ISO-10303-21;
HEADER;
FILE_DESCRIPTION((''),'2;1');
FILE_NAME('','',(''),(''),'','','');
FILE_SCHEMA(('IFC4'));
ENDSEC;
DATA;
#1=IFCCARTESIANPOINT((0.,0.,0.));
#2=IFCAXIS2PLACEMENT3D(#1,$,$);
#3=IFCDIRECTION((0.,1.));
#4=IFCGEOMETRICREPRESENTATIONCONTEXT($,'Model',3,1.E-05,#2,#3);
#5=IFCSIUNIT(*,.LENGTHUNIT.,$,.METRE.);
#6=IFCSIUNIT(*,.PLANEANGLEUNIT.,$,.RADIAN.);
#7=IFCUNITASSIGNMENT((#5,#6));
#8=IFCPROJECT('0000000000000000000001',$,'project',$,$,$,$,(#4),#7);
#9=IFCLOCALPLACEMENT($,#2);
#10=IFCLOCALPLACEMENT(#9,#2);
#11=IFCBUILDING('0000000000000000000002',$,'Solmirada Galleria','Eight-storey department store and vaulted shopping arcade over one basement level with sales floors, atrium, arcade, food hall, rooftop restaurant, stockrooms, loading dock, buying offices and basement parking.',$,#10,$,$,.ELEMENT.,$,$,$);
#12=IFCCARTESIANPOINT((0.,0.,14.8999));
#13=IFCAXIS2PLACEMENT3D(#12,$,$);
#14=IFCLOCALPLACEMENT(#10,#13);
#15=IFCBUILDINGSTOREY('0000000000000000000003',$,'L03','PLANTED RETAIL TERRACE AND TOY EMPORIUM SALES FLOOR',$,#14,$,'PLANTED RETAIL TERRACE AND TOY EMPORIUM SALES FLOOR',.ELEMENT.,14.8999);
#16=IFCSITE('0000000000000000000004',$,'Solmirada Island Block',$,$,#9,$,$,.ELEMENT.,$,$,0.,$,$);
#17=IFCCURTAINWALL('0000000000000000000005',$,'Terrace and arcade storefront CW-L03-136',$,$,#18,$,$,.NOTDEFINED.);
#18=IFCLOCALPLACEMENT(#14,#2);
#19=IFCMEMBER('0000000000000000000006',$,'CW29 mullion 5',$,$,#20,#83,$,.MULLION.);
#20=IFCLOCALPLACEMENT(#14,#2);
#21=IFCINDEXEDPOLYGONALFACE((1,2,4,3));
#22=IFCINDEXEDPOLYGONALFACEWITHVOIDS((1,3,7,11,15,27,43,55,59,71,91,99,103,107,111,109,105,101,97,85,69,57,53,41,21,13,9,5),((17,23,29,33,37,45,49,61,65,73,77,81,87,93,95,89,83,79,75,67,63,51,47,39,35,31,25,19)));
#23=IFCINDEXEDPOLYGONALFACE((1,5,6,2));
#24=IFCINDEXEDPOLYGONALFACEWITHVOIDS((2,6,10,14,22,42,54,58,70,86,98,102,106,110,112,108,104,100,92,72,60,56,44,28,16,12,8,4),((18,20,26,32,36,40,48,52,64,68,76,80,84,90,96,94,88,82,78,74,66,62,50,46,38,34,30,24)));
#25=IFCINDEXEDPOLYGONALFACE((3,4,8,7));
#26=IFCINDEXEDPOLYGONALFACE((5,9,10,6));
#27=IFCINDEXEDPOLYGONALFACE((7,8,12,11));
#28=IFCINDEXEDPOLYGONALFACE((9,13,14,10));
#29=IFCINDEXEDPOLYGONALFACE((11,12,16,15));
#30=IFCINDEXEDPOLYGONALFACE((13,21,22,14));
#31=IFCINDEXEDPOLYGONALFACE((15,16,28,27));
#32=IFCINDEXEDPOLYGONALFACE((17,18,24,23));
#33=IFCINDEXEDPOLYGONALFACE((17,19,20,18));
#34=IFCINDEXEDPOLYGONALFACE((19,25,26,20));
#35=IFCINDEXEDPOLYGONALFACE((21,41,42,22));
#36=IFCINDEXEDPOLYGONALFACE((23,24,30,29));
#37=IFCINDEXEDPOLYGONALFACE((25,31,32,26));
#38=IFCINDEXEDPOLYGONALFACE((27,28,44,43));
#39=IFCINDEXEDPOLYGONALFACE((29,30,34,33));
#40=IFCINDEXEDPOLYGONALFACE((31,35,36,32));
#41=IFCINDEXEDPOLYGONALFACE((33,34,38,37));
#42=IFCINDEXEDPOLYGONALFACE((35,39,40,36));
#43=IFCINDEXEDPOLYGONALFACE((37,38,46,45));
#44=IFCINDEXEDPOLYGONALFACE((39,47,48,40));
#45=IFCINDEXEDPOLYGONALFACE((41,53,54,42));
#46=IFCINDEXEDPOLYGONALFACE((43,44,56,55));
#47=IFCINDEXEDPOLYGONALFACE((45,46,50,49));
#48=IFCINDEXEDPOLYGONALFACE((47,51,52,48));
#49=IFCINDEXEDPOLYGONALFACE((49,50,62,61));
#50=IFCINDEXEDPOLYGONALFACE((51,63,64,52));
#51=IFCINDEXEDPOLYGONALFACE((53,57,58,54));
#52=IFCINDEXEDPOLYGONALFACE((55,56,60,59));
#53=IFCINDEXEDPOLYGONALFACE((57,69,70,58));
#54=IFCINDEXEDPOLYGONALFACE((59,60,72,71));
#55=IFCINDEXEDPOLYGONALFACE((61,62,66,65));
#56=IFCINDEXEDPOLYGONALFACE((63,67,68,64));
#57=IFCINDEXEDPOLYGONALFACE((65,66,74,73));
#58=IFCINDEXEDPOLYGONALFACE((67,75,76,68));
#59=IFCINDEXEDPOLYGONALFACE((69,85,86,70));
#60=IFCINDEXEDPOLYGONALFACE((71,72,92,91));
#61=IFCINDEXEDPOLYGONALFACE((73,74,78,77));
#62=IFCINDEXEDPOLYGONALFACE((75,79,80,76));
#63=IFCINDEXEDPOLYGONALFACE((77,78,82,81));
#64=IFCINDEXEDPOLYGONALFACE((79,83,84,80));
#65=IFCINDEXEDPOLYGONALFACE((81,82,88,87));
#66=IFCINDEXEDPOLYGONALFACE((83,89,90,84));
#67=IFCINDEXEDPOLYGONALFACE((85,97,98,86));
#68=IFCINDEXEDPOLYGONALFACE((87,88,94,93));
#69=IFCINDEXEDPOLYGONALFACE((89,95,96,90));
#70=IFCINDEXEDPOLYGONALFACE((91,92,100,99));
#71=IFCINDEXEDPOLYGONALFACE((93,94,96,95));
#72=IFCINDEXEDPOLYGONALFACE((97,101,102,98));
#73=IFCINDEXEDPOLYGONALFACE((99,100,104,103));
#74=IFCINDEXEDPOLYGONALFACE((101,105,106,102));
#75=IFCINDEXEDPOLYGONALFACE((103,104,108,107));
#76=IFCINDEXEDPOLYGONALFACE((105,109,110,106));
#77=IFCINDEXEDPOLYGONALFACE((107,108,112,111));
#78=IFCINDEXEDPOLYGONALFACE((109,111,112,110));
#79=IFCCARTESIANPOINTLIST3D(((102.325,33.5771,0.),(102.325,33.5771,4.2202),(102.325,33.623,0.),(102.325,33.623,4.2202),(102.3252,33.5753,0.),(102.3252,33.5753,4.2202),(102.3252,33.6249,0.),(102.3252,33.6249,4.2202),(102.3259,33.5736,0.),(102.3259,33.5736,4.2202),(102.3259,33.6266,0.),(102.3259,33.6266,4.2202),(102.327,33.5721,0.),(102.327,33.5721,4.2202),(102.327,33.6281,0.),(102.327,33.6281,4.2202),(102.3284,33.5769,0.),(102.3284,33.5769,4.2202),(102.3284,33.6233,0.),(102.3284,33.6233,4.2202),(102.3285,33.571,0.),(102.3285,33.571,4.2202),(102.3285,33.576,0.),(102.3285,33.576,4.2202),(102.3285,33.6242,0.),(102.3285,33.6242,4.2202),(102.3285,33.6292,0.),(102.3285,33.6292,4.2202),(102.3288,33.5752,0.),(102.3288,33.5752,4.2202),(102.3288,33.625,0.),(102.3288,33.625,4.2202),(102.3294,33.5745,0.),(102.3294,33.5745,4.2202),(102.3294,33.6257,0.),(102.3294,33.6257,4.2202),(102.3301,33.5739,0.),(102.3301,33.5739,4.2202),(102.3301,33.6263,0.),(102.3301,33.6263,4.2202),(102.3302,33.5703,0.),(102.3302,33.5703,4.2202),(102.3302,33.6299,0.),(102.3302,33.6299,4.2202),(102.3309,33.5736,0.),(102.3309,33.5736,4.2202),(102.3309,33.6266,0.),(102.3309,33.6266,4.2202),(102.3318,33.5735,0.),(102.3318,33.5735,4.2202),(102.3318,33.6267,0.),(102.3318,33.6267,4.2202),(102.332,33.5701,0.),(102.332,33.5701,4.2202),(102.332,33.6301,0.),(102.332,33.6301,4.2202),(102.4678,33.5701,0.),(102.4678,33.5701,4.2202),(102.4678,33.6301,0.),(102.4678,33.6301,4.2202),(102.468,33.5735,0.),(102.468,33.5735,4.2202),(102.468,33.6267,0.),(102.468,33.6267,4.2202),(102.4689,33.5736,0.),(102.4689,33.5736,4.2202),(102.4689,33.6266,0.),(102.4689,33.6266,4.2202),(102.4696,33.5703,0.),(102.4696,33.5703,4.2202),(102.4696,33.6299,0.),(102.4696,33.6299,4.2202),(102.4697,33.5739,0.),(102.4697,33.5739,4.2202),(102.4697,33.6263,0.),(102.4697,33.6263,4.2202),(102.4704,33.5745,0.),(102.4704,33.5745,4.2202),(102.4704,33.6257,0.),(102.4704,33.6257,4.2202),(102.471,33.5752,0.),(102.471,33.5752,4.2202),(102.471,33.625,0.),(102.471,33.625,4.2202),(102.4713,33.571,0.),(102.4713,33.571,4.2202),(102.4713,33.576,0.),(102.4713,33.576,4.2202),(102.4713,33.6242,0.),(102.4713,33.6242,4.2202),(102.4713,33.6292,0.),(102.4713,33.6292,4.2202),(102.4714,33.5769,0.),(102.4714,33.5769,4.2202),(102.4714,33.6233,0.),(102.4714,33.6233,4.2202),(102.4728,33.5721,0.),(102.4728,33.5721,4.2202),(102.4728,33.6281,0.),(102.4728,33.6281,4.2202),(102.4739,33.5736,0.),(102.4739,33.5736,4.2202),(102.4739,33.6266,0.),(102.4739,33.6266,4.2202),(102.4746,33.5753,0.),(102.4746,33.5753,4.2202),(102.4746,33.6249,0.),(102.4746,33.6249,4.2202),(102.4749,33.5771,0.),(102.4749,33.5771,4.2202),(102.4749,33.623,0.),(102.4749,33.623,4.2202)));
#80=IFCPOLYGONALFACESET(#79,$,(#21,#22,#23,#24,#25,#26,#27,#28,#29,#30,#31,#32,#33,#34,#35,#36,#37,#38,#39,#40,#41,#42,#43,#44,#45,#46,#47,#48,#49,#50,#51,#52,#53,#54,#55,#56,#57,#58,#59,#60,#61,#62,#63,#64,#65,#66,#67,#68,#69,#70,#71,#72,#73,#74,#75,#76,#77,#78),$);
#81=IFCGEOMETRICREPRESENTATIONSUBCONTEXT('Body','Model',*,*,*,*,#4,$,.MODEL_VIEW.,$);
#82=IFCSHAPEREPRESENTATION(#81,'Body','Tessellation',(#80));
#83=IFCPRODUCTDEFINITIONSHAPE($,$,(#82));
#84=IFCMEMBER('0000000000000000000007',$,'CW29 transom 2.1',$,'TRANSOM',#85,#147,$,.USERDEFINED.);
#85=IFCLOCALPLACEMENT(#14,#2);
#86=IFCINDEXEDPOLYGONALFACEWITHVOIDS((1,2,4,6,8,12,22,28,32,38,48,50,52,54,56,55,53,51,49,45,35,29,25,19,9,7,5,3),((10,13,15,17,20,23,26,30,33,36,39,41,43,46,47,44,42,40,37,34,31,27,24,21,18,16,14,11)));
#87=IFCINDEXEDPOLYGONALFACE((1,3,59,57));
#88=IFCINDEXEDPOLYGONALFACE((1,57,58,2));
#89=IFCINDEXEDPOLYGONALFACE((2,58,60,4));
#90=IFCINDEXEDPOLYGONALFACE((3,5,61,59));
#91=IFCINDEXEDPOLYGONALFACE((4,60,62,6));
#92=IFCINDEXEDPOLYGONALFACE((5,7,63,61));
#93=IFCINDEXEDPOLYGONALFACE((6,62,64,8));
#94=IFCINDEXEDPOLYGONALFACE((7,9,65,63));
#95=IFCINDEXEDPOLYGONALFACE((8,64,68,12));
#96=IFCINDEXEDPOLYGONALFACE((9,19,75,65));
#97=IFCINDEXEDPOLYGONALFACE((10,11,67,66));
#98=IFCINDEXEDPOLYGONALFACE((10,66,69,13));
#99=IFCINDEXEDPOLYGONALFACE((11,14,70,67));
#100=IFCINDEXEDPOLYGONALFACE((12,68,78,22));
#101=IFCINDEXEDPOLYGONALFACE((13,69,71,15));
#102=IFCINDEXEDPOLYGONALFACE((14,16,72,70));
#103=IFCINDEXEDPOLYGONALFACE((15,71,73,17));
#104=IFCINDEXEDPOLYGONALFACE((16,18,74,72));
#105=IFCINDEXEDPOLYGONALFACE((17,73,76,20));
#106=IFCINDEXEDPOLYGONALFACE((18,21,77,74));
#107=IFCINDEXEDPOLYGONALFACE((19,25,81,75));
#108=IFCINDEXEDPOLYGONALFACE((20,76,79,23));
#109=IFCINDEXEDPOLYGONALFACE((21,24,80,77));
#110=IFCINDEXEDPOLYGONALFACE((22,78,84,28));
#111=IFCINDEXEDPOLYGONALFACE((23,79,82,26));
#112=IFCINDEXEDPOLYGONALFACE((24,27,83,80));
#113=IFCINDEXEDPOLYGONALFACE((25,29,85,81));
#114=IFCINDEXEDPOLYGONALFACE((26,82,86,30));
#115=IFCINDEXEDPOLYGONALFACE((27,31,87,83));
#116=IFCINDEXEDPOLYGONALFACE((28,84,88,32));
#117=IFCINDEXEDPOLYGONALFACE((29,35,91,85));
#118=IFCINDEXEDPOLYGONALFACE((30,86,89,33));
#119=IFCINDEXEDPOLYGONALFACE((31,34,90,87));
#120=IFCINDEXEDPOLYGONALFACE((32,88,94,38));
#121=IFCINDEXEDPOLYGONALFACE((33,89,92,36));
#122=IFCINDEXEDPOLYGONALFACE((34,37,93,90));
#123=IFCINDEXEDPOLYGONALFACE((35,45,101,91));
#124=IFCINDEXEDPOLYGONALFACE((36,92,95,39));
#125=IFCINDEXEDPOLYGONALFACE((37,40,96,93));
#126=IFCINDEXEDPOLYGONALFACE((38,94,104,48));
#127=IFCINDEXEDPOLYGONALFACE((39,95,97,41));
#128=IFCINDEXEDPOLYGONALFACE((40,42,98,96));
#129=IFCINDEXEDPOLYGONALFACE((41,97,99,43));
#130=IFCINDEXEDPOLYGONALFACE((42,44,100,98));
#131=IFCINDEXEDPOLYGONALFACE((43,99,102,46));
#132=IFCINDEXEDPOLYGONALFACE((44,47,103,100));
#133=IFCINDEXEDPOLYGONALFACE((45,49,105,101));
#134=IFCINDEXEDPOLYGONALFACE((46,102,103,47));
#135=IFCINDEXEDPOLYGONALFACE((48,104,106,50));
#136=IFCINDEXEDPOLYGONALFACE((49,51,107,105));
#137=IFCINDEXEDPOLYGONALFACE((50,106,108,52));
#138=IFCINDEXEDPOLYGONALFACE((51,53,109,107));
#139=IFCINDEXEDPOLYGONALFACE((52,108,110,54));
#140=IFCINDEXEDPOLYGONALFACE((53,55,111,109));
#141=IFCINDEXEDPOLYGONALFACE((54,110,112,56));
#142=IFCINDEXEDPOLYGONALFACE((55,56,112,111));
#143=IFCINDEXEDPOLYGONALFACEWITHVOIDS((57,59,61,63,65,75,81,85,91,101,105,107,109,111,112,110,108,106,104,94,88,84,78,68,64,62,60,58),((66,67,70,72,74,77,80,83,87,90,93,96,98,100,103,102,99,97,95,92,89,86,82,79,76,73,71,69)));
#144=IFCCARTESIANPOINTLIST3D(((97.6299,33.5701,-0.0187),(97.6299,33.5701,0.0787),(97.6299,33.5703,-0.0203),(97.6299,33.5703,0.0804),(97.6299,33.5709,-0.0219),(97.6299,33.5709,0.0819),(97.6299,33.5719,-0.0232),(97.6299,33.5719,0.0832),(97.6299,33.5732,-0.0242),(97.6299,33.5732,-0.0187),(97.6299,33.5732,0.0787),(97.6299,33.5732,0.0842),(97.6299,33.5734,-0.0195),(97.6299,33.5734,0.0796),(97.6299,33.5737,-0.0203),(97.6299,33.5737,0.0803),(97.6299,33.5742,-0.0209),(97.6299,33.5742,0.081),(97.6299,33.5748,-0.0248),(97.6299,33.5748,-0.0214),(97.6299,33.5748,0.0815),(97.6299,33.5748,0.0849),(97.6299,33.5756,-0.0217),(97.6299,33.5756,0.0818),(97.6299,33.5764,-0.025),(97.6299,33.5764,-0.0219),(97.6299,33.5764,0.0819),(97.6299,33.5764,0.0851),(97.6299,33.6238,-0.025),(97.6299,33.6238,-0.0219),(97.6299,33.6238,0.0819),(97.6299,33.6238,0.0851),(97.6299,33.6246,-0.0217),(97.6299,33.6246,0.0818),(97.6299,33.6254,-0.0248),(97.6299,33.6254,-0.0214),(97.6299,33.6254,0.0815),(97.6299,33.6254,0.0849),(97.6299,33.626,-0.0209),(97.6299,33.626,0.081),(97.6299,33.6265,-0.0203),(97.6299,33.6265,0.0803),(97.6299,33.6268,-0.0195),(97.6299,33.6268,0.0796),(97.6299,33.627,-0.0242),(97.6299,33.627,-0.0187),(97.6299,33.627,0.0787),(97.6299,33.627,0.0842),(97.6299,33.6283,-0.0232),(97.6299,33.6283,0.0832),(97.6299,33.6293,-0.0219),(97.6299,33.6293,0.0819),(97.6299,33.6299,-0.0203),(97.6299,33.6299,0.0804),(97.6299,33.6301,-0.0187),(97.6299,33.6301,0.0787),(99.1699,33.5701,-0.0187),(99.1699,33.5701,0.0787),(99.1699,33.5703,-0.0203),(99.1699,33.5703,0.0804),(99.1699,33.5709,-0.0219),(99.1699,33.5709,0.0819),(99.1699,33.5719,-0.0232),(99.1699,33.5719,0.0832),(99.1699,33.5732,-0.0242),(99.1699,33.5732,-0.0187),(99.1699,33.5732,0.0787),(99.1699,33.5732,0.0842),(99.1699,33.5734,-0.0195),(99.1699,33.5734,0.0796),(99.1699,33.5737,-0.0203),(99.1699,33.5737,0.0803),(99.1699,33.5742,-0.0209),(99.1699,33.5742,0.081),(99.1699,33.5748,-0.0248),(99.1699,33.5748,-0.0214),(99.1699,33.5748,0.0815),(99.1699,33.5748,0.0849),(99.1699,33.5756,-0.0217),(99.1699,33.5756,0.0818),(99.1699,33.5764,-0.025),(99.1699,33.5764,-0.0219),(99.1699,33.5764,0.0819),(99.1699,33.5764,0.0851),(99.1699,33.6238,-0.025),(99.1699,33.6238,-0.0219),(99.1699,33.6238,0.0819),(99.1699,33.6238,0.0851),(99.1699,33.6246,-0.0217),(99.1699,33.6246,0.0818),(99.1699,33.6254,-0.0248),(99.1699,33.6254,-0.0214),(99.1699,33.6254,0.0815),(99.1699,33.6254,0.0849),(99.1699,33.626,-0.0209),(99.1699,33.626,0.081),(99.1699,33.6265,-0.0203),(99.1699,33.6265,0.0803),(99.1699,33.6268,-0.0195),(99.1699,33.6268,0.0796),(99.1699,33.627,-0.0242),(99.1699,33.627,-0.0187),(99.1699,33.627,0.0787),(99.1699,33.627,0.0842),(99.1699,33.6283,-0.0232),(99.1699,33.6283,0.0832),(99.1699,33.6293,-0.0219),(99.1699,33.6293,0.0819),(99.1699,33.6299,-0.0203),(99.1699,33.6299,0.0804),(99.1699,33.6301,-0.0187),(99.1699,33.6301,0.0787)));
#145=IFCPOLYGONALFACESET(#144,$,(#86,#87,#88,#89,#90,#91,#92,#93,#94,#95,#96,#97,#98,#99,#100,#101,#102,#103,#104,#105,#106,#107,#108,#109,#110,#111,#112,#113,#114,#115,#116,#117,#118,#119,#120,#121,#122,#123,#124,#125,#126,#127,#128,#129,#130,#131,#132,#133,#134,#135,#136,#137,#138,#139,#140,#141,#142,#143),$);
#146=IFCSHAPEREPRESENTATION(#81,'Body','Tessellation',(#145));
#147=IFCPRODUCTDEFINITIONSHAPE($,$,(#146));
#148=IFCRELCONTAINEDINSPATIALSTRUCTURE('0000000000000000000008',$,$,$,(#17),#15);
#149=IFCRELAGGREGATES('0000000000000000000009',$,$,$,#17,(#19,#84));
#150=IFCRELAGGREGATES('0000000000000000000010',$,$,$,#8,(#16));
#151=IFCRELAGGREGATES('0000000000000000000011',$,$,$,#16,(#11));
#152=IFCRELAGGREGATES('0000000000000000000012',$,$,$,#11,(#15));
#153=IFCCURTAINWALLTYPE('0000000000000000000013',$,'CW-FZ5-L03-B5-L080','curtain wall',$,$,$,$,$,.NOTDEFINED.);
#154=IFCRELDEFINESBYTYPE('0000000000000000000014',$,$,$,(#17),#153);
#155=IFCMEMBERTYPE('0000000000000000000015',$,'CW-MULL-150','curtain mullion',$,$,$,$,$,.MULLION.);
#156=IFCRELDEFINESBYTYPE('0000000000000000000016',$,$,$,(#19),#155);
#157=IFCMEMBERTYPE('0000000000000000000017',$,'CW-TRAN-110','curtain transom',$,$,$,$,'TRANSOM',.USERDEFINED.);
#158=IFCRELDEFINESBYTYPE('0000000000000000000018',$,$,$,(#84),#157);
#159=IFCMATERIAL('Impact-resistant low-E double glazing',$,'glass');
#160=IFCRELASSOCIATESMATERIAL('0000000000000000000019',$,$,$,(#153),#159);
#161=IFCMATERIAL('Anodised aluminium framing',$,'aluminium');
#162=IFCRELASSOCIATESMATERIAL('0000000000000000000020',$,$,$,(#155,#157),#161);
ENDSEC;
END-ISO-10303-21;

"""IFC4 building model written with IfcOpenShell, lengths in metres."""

from ifc_helpers import new_model, si_unit, direction, frame, origin, origin_2d, place, context, subcontext, project, spatial, hollow_rectangle, extrude, material, material_profile, profile_set, type_object, element, aggregate, save


model = new_model("IFC4")

# Units and contexts
model_context = context("Model", 3, precision=1e-05, world=origin(), true_north=direction((0.0, 1.0)))
body_context = subcontext(model_context, "Body", "Model", "MODEL_VIEW")
ifc_project = project(units=[si_unit("LENGTHUNIT", "METRE"), si_unit("PLANEANGLEUNIT", "RADIAN")], contexts=[model_context])

# Site, building, storey
site_placement = place(None, origin())
site = spatial("IfcSite", under=ifc_project, at=site_placement, Name="Solmirada Island Block", CompositionType="ELEMENT", RefElevation=0.0)
building_placement = place(site_placement, origin())
building = spatial("IfcBuilding", under=site, at=building_placement, Name="Solmirada Galleria", Description="Eight-storey department store and vaulted shopping arcade over one basement level with sales floors, atrium, arcade, food hall, rooftop restaurant, stockrooms, loading dock, buying offices and basement parking.", CompositionType="ELEMENT")
storey_placement = place(building_placement, frame((0.0, 0.0, 14.8999)))
storey = spatial("IfcBuildingStorey", under=building, at=storey_placement, Name="L03", Description="PLANTED RETAIL TERRACE AND TOY EMPORIUM SALES FLOOR", LongName="PLANTED RETAIL TERRACE AND TOY EMPORIUM SALES FLOOR", CompositionType="ELEMENT", Elevation=14.8999)

# Curtain wall, members
ifc_material_1 = material(Name="Impact-resistant low-E double glazing", Category="glass")
curtain_wall_type = type_object("IfcCurtainWallType", Name="CW-FZ5-L03-B5-L080", Description="curtain wall", PredefinedType="NOTDEFINED", material=ifc_material_1)
curtain_wall_placement = place(storey_placement, origin())
curtain_wall = element("IfcCurtainWall", 1, at=curtain_wall_placement, inside=storey, type_object=curtain_wall_type, Name="Terrace and arcade storefront CW-L03-136", PredefinedType="NOTDEFINED")
ifc_material_2 = material(Name="Anodised aluminium framing", Category="aluminium")
ifc_material_profile_1 = material_profile(ifc_material_2, hollow_rectangle(XDim=0.0601, YDim=0.1499, WallThickness=0.0034, InnerFilletRadius=0.0034, OuterFilletRadius=0.0071, at=origin_2d()), Name="ALU-MULL-150X60")
ifc_profile_set_1 = profile_set([ifc_material_profile_1], Name="Anodised aluminium framing")
member_type_1 = type_object("IfcMemberType", Name="CW-MULL-150", Description="curtain mullion", PredefinedType="MULLION", material=ifc_profile_set_1)
member_1_placement = place(storey_placement, frame((102.3999, 33.6001, 0.0), z_axis=(0.0, 0.0, 1.0), x_axis=(0.0, 1.0, 0.0)))
member_1 = element("IfcMember", 2, at=member_1_placement, type_object=member_type_1, Name="CW29 mullion 5", PredefinedType="MULLION", context=body_context, shape_type="SweptSolid", body=[
    extrude(hollow_rectangle(XDim=0.0601, YDim=0.1499, WallThickness=0.0034, InnerFilletRadius=0.0034, OuterFilletRadius=0.0071, at=origin_2d()), origin(), (0.0, 0.0, 1.0), 4.2202),
])
ifc_material_profile_2 = material_profile(ifc_material_2, hollow_rectangle(XDim=0.0601, YDim=0.1101, WallThickness=0.0032, InnerFilletRadius=0.0032, OuterFilletRadius=0.0063, at=origin_2d()), Name="ALU-TRAN-110X60")
ifc_profile_set_2 = profile_set([ifc_material_profile_2], Name="Anodised aluminium framing")
member_type_2 = type_object("IfcMemberType", Name="CW-TRAN-110", Description="curtain transom", ElementType="TRANSOM", PredefinedType="USERDEFINED", material=ifc_profile_set_2)
member_2_placement = place(storey_placement, frame((97.6299, 33.6001, 0.03), z_axis=(1.0, 0.0, 0.0), x_axis=(0.0, 1.0, 0.0)))
member_2 = element("IfcMember", 3, at=member_2_placement, type_object=member_type_2, Name="CW29 transom 2.1", ObjectType="TRANSOM", PredefinedType="USERDEFINED", context=body_context, shape_type="SweptSolid", body=[
    extrude(hollow_rectangle(XDim=0.0601, YDim=0.1101, WallThickness=0.0032, InnerFilletRadius=0.0032, OuterFilletRadius=0.0063, at=origin_2d()), origin(), (0.0, 0.0, 1.0), 1.54),
])
aggregate(curtain_wall, [member_1, member_2])

save(model, "model.ifc")
